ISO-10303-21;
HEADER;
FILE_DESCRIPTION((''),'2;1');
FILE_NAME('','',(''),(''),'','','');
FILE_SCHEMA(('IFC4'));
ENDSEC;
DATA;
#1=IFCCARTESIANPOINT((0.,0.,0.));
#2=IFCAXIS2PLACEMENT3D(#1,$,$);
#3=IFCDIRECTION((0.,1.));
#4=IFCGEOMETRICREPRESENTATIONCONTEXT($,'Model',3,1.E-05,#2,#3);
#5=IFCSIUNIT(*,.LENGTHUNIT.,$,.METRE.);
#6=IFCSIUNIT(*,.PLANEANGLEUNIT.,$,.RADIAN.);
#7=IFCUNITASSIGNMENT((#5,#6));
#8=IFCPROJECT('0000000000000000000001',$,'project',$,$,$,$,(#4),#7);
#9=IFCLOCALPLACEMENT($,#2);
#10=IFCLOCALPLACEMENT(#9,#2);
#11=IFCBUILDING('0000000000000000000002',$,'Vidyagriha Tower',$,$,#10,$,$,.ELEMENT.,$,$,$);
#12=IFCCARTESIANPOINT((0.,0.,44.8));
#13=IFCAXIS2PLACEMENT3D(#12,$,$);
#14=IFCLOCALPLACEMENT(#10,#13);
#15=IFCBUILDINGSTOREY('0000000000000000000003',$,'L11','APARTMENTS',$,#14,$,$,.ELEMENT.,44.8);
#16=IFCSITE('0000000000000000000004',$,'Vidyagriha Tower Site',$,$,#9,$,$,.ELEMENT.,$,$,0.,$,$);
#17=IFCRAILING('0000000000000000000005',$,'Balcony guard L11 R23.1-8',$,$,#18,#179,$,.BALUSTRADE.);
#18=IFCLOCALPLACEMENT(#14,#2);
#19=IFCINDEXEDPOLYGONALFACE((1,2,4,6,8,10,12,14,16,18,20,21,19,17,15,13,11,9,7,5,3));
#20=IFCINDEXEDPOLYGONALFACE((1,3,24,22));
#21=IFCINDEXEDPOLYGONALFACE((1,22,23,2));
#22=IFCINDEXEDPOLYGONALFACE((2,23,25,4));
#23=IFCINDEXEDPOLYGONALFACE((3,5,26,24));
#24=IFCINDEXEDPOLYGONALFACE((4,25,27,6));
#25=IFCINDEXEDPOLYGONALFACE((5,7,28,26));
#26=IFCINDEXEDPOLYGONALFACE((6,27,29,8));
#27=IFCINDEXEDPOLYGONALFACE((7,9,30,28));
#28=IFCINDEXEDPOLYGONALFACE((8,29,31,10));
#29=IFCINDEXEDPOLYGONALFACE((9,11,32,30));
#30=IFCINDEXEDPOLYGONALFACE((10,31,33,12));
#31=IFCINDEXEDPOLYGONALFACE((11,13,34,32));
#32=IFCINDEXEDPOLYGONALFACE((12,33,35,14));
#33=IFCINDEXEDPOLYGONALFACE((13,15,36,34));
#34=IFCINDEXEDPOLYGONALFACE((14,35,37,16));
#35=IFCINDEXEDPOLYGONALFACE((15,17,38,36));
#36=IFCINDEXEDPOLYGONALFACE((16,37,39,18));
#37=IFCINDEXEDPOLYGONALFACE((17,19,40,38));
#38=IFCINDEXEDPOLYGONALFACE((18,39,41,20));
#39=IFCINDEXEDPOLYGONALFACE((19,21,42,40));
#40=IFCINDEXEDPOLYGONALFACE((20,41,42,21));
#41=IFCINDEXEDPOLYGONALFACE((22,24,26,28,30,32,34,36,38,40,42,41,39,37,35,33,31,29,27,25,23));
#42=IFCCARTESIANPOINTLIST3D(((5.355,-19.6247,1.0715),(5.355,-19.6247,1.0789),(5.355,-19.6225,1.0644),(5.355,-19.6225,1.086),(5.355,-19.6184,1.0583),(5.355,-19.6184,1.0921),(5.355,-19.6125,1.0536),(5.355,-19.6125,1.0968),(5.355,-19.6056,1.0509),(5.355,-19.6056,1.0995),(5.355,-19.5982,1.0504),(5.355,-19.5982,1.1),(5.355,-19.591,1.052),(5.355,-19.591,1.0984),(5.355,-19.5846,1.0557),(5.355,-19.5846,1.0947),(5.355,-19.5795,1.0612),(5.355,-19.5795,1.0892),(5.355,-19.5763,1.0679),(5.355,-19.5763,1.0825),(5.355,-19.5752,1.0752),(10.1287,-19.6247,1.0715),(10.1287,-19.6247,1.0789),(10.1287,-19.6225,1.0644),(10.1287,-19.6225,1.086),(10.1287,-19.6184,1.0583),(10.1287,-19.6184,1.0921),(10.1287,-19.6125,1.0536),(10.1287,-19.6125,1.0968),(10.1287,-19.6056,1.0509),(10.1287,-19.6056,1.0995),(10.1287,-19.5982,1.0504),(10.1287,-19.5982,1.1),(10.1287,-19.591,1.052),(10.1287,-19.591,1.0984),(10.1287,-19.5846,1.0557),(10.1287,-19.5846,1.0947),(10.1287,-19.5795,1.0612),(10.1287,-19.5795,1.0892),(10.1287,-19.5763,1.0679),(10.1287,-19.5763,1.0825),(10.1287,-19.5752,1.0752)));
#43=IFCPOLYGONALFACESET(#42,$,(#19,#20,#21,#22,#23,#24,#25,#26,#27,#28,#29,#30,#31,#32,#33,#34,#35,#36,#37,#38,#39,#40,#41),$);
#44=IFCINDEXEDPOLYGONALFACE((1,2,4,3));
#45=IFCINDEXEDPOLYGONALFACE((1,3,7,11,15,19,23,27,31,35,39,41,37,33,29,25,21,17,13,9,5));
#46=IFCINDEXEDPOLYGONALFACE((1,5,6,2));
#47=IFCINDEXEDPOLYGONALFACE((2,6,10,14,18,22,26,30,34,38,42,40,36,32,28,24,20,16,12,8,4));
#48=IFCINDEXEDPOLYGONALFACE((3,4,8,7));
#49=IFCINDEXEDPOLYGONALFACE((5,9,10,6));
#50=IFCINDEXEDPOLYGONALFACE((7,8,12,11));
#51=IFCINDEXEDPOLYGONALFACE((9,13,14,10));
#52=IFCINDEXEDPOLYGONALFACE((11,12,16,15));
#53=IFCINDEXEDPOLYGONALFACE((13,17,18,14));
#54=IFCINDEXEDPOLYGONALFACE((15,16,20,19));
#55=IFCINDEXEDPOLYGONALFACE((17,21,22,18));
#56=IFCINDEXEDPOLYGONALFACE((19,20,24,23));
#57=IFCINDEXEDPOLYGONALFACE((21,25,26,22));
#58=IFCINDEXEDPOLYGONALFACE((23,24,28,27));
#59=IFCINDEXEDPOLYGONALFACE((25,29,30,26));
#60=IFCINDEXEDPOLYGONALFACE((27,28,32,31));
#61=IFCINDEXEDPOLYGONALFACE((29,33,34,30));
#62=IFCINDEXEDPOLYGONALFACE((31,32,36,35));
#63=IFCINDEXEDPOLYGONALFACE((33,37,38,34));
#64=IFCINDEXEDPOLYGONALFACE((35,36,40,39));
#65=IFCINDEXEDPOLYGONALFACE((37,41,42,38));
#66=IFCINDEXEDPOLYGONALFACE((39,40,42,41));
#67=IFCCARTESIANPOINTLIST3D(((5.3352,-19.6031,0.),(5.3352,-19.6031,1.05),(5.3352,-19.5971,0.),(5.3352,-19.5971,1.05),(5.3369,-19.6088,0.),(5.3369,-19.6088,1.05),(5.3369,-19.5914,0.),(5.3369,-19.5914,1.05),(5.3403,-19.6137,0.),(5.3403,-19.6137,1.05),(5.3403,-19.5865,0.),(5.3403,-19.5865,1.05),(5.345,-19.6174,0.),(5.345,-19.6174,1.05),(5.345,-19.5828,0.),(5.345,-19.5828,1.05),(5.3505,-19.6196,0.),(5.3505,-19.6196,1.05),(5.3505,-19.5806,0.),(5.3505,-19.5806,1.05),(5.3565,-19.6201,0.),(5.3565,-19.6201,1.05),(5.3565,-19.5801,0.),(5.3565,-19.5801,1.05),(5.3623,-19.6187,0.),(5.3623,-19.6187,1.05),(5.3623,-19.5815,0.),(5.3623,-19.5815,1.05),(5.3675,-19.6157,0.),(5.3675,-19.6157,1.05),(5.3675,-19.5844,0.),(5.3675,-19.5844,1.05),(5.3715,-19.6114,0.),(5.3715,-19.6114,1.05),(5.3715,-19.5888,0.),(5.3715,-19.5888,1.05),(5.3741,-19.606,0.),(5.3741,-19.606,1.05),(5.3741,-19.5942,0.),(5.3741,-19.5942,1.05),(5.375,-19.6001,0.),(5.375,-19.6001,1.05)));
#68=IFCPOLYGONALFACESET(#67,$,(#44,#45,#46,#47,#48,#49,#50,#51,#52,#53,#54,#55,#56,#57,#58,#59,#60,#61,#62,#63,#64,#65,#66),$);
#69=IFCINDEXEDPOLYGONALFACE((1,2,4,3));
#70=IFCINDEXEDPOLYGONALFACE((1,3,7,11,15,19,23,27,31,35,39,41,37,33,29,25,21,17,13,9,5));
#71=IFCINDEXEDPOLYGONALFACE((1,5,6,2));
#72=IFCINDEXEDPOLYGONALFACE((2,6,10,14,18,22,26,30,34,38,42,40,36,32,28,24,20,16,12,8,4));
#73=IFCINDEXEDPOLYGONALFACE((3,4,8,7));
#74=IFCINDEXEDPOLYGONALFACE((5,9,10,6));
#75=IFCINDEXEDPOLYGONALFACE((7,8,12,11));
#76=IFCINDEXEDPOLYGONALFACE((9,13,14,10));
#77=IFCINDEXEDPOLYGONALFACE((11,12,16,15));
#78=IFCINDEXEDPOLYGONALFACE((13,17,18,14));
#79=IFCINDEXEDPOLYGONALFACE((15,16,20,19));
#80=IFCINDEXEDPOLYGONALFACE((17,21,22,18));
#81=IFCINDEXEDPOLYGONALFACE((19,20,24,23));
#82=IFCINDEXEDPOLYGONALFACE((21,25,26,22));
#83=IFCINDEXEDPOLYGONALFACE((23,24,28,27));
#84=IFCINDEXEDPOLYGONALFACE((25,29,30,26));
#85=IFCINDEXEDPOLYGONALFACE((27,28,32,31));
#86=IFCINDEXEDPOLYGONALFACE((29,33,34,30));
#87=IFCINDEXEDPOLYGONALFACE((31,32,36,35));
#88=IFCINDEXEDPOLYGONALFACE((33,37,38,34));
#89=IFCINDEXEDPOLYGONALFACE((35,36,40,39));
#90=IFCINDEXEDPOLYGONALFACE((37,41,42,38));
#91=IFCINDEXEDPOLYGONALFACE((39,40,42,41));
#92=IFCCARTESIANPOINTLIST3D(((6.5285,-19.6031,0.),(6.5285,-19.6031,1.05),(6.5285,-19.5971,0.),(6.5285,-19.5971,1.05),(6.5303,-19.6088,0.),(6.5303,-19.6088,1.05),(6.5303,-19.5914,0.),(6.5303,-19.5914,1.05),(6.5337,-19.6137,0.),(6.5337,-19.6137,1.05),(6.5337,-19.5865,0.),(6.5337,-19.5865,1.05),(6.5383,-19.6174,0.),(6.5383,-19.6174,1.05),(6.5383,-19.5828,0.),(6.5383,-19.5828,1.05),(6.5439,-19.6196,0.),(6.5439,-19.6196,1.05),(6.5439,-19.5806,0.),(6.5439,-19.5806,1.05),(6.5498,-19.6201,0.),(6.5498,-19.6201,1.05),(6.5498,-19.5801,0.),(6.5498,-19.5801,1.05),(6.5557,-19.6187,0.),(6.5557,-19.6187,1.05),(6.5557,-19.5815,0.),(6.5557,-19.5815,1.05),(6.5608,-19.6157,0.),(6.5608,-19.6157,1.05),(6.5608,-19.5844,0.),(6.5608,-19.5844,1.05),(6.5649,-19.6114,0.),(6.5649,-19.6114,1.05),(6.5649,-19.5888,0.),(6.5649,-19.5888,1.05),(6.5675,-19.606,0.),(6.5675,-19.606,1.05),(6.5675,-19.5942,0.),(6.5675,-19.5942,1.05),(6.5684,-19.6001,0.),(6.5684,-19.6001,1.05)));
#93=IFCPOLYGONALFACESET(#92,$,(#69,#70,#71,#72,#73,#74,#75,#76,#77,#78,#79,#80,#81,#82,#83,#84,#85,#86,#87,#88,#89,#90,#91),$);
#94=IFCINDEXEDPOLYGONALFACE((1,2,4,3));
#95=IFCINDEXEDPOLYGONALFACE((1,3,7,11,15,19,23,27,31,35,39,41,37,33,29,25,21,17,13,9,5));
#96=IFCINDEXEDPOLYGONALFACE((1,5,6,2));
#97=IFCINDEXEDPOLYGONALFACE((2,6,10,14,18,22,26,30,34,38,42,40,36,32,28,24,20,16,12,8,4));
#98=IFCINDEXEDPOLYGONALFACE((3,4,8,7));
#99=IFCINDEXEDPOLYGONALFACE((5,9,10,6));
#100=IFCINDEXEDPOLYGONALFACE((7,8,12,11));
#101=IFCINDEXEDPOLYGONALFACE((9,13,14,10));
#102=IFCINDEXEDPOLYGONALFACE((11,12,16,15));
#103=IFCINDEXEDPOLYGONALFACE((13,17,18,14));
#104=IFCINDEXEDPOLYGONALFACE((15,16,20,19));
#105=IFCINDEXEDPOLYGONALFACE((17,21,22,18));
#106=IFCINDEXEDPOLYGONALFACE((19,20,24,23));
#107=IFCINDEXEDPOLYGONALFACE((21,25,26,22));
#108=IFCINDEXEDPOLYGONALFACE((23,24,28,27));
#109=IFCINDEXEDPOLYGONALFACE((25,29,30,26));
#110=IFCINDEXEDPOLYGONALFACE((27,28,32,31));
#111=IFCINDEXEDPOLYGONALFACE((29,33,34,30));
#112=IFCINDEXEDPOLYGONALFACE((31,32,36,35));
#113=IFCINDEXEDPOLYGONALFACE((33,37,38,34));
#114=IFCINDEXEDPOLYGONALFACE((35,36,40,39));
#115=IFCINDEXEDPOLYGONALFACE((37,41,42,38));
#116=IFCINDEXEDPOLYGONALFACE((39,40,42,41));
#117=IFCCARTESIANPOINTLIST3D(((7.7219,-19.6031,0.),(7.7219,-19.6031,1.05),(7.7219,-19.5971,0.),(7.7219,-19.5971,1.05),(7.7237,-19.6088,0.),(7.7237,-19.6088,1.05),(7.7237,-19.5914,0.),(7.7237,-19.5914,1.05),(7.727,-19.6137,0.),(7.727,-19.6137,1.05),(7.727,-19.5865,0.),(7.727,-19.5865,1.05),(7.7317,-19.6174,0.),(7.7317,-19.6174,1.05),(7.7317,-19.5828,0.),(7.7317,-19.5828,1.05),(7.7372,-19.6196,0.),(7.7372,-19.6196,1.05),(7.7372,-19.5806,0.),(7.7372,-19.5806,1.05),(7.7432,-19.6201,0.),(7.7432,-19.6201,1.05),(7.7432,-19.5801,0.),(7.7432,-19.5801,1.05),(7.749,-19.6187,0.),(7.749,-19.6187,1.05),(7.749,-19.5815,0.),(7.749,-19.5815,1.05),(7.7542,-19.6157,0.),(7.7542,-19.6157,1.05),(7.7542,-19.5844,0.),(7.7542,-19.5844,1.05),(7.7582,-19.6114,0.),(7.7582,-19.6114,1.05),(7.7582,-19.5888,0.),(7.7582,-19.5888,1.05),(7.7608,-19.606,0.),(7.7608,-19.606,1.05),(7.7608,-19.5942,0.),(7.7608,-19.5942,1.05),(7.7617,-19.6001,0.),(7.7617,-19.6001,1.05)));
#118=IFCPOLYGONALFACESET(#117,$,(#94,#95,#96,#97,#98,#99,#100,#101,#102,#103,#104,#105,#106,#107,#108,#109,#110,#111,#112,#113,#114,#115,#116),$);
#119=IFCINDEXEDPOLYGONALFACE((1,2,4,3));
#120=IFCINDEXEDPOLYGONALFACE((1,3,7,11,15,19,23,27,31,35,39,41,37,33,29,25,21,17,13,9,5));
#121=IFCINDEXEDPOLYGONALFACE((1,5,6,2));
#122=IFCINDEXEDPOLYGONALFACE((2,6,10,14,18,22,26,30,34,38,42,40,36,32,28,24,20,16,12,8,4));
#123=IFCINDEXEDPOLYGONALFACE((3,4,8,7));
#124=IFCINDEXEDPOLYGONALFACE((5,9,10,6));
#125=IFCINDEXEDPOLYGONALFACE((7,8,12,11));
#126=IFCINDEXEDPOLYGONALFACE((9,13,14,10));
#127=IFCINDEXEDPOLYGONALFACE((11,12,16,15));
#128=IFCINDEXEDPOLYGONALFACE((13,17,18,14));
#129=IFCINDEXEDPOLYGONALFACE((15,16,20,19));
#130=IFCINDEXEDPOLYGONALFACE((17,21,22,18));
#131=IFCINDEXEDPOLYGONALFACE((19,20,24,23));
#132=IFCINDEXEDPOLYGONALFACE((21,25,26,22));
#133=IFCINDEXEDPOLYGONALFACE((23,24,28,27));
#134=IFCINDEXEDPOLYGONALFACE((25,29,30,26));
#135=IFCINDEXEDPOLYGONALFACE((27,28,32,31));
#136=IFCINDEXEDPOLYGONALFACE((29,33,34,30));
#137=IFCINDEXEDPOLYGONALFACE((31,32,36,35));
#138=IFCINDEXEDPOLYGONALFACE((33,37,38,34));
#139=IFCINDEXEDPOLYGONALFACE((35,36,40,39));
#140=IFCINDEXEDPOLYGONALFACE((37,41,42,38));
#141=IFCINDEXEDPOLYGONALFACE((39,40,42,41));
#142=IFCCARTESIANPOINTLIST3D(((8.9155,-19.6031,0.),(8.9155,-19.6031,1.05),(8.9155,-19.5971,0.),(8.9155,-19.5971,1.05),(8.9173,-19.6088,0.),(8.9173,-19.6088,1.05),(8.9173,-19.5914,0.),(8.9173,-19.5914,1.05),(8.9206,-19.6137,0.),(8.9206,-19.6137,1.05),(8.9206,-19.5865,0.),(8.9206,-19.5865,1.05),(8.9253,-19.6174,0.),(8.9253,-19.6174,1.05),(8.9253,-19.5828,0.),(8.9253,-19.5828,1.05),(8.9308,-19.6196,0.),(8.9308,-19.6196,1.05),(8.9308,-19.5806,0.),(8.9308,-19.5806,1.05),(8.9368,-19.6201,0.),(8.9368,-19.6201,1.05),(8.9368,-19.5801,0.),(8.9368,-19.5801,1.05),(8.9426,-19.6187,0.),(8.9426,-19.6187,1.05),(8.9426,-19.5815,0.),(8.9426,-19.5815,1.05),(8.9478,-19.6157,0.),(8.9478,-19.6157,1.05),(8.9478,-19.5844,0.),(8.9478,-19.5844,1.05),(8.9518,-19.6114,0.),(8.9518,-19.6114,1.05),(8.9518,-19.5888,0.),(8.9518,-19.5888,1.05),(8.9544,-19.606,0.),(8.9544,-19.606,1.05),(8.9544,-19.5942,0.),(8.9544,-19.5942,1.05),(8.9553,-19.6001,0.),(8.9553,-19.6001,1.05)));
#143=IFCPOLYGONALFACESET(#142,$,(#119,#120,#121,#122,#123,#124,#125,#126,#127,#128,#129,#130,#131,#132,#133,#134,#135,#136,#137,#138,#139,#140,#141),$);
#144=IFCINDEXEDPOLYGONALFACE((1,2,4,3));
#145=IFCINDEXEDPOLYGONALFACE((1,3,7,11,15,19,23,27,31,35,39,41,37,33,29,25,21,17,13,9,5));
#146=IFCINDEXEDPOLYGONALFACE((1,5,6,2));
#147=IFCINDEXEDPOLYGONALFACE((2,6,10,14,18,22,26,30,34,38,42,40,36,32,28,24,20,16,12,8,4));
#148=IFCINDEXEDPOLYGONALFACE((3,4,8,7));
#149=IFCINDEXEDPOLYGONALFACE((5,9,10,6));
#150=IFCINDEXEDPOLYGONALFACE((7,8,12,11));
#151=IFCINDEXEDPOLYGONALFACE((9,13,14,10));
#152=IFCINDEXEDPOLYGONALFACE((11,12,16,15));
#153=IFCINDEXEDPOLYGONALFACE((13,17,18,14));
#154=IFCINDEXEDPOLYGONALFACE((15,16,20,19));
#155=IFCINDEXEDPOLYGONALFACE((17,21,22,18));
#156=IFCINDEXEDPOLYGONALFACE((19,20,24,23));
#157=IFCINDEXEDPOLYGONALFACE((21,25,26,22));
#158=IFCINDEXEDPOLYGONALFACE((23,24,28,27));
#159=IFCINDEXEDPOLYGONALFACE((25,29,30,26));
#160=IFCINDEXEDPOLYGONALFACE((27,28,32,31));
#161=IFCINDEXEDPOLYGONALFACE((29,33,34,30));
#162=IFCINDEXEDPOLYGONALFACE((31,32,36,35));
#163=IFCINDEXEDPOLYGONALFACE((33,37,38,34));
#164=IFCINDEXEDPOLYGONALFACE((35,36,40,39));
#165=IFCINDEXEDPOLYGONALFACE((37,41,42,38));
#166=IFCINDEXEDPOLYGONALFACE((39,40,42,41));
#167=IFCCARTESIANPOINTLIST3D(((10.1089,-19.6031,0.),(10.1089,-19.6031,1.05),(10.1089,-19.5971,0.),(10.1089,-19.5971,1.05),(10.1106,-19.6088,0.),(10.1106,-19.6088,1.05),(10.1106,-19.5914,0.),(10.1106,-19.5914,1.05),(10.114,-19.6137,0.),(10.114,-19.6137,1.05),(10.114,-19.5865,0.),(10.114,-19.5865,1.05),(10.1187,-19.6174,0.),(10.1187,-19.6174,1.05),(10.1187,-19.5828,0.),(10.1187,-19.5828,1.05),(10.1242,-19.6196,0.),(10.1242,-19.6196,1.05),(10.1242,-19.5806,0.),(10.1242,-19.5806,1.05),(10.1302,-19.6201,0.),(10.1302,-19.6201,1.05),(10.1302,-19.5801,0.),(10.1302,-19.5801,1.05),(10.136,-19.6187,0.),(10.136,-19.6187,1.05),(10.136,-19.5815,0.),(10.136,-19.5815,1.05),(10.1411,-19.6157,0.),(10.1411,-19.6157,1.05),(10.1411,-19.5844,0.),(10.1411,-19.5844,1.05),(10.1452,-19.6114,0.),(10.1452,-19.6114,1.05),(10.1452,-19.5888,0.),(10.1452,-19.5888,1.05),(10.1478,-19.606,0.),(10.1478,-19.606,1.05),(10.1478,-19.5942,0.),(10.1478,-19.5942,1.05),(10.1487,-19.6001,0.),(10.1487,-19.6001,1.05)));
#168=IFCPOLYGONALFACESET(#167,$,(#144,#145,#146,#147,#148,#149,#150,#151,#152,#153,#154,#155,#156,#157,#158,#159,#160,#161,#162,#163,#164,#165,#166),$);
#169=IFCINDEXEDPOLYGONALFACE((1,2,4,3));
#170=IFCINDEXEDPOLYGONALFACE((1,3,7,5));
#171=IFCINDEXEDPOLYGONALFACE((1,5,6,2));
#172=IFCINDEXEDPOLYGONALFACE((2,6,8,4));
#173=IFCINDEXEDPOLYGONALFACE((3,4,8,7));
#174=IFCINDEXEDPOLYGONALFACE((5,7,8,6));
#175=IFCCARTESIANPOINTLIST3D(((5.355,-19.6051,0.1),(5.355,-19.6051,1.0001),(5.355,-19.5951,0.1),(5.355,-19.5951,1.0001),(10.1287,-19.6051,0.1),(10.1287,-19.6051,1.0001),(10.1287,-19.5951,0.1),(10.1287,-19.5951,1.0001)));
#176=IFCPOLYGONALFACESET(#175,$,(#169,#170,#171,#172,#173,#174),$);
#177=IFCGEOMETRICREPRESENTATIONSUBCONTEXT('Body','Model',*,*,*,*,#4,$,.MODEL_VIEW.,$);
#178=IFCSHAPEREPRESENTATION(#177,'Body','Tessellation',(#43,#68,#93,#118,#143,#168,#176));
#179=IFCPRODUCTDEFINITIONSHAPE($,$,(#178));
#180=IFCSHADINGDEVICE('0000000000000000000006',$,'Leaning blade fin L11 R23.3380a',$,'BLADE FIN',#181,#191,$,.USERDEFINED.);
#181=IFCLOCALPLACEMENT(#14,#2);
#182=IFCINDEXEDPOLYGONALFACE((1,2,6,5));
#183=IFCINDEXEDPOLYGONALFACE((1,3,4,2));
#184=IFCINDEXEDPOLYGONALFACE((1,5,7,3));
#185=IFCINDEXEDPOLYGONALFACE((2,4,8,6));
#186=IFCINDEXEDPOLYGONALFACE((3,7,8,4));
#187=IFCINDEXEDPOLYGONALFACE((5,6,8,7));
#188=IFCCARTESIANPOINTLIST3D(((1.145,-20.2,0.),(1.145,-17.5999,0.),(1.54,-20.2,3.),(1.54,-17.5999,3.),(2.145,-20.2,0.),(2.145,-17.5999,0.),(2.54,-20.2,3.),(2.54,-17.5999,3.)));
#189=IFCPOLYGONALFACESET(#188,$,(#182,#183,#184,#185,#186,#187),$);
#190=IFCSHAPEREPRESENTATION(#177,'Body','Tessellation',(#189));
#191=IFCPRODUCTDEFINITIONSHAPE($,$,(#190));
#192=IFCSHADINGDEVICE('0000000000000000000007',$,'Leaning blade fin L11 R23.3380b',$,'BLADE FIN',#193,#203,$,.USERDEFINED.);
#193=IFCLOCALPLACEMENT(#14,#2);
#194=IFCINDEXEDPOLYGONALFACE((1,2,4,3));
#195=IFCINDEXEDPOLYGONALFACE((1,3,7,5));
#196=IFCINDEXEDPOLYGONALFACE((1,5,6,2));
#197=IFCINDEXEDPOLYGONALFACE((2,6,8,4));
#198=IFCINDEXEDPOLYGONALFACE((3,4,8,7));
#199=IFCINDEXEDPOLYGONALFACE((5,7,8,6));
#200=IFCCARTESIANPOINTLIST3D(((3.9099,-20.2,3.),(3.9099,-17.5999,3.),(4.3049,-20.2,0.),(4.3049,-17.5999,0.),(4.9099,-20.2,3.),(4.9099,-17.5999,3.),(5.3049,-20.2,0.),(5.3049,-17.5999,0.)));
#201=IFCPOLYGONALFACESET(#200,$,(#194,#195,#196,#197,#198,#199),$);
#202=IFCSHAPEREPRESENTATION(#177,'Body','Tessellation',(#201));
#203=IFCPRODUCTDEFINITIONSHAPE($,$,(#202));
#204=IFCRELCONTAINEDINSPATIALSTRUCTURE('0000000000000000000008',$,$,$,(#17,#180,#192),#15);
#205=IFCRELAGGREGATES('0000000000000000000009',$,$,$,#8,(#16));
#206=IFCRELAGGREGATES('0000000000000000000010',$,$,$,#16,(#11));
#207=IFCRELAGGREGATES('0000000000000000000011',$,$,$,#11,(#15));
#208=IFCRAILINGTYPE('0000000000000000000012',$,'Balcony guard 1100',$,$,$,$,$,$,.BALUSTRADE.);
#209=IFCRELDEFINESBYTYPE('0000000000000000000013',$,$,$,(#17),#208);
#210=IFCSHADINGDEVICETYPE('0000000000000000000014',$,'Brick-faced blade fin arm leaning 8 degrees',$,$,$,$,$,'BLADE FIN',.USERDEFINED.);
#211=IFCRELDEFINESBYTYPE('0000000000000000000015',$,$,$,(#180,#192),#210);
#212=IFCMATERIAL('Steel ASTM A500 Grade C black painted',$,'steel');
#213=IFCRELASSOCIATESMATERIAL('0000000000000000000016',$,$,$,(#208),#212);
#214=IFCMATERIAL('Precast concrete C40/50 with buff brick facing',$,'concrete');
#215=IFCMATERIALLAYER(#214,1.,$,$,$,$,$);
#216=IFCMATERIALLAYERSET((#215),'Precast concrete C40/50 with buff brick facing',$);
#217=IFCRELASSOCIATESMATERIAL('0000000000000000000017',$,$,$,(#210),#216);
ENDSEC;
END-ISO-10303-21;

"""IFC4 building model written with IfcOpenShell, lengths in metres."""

from ifc_helpers import new_model, si_unit, direction, frame, origin, origin_2d, place, context, subcontext, project, spatial, polyline, rectangle, circle, outline, extrude, material, layer, layer_set, type_object, element, save


model = new_model("IFC4")

# Units and contexts
model_context = context("Model", 3, precision=1e-05, world=origin(), true_north=direction((0.0, 1.0)))
body_context = subcontext(model_context, "Body", "Model", "MODEL_VIEW")
ifc_project = project(units=[si_unit("LENGTHUNIT", "METRE"), si_unit("PLANEANGLEUNIT", "RADIAN")], contexts=[model_context])

# Site, building, storey
site_placement = place(None, origin())
site = spatial("IfcSite", under=ifc_project, at=site_placement, Name="Vidyagriha Tower Site", CompositionType="ELEMENT", RefElevation=0.0)
building_placement = place(site_placement, origin())
building = spatial("IfcBuilding", under=site, at=building_placement, Name="Vidyagriha Tower", CompositionType="ELEMENT")
storey_placement = place(building_placement, frame((0.0, 0.0, 44.8)))
storey = spatial("IfcBuildingStorey", under=building, at=storey_placement, Name="L11", Description="APARTMENTS", CompositionType="ELEMENT", Elevation=44.8)

# Railing
ifc_material_1 = material(Name="Steel ASTM A500 Grade C black painted", Category="steel")
railing_type = type_object("IfcRailingType", Name="Balcony guard 1100", PredefinedType="BALUSTRADE", material=ifc_material_1)
railing_1_placement = place(storey_placement, frame((5.355, -19.6001, 0.0)))
element("IfcRailing", 1, at=railing_1_placement, inside=storey, type_object=railing_type, Name="Balcony guard L11 R23.1-8", PredefinedType="BALUSTRADE", context=body_context, shape_type="SweptSolid", body=[
    extrude(circle(Radius=0.0249, at=origin_2d()), frame((0.0, 0.0, 1.0752), z_axis=(1.0, 0.0, 0.0), x_axis=(0.0, 1.0, 0.0)), (0.0, 0.0, 1.0), 4.7737),
    extrude(circle(Radius=0.02, at=origin_2d()), origin(), (0.0, 0.0, 1.0), 1.05),
    extrude(circle(Radius=0.02, at=origin_2d()), frame((1.1934, 0.0, 0.0)), (0.0, 0.0, 1.0), 1.05),
    extrude(circle(Radius=0.02, at=origin_2d()), frame((2.3867, 0.0, 0.0)), (0.0, 0.0, 1.0), 1.05),
    extrude(circle(Radius=0.02, at=origin_2d()), frame((3.5803, 0.0, 0.0)), (0.0, 0.0, 1.0), 1.05),
    extrude(circle(Radius=0.02, at=origin_2d()), frame((4.7737, 0.0, 0.0)), (0.0, 0.0, 1.0), 1.05),
    extrude(rectangle(XDim=0.01, YDim=0.9001, at=origin_2d()), frame((0.0, 0.0, 0.55), z_axis=(1.0, 0.0, 0.0), x_axis=(0.0, 1.0, 0.0)), (0.0, 0.0, 1.0), 4.7737),
])

# Shading devices
ifc_material_2 = material(Name="Precast concrete C40/50 with buff brick facing", Category="concrete")
ifc_layer_1 = layer(ifc_material_2, 1.0)
ifc_layer_set_1 = layer_set([ifc_layer_1], Name="Precast concrete C40/50 with buff brick facing")
shading_device_type_1 = type_object("IfcShadingDeviceType", Name="Brick-faced blade fin arm leaning 8 degrees", ElementType="BLADE FIN", PredefinedType="USERDEFINED", material=ifc_layer_set_1)
shading_device_1_placement = place(storey_placement, frame((1.145, -18.8999, 0.0)))
element("IfcShadingDevice", 2, at=shading_device_1_placement, inside=storey, type_object=shading_device_type_1, Name="Leaning blade fin L11 R23.3380a", ObjectType="BLADE FIN", PredefinedType="USERDEFINED", context=body_context, shape_type="SweptSolid", body=[
    extrude(outline(polyline([(0.0, 0.0), (1.0, 0.0), (1.395, 3.0), (0.395, 3.0), (0.0, 0.0)])), frame((0.0, 1.3, 0.0), z_axis=(0.0, -1.0, 0.0), x_axis=(1.0, 0.0, 0.0)), (0.0, 0.0, 1.0), 2.6001),
])
shading_device_2_placement = place(storey_placement, frame((3.9099, -18.8999, 0.0)))
element("IfcShadingDevice", 3, at=shading_device_2_placement, inside=storey, type_object=shading_device_type_1, Name="Leaning blade fin L11 R23.3380b", ObjectType="BLADE FIN", PredefinedType="USERDEFINED", context=body_context, shape_type="SweptSolid", body=[
    extrude(outline(polyline([(0.395, 0.0), (1.395, 0.0), (1.0, 3.0), (0.0, 3.0), (0.395, 0.0)])), frame((0.0, 1.3, 0.0), z_axis=(0.0, -1.0, 0.0), x_axis=(1.0, 0.0, 0.0)), (0.0, 0.0, 1.0), 2.6001),
])

save(model, "model.ifc")
